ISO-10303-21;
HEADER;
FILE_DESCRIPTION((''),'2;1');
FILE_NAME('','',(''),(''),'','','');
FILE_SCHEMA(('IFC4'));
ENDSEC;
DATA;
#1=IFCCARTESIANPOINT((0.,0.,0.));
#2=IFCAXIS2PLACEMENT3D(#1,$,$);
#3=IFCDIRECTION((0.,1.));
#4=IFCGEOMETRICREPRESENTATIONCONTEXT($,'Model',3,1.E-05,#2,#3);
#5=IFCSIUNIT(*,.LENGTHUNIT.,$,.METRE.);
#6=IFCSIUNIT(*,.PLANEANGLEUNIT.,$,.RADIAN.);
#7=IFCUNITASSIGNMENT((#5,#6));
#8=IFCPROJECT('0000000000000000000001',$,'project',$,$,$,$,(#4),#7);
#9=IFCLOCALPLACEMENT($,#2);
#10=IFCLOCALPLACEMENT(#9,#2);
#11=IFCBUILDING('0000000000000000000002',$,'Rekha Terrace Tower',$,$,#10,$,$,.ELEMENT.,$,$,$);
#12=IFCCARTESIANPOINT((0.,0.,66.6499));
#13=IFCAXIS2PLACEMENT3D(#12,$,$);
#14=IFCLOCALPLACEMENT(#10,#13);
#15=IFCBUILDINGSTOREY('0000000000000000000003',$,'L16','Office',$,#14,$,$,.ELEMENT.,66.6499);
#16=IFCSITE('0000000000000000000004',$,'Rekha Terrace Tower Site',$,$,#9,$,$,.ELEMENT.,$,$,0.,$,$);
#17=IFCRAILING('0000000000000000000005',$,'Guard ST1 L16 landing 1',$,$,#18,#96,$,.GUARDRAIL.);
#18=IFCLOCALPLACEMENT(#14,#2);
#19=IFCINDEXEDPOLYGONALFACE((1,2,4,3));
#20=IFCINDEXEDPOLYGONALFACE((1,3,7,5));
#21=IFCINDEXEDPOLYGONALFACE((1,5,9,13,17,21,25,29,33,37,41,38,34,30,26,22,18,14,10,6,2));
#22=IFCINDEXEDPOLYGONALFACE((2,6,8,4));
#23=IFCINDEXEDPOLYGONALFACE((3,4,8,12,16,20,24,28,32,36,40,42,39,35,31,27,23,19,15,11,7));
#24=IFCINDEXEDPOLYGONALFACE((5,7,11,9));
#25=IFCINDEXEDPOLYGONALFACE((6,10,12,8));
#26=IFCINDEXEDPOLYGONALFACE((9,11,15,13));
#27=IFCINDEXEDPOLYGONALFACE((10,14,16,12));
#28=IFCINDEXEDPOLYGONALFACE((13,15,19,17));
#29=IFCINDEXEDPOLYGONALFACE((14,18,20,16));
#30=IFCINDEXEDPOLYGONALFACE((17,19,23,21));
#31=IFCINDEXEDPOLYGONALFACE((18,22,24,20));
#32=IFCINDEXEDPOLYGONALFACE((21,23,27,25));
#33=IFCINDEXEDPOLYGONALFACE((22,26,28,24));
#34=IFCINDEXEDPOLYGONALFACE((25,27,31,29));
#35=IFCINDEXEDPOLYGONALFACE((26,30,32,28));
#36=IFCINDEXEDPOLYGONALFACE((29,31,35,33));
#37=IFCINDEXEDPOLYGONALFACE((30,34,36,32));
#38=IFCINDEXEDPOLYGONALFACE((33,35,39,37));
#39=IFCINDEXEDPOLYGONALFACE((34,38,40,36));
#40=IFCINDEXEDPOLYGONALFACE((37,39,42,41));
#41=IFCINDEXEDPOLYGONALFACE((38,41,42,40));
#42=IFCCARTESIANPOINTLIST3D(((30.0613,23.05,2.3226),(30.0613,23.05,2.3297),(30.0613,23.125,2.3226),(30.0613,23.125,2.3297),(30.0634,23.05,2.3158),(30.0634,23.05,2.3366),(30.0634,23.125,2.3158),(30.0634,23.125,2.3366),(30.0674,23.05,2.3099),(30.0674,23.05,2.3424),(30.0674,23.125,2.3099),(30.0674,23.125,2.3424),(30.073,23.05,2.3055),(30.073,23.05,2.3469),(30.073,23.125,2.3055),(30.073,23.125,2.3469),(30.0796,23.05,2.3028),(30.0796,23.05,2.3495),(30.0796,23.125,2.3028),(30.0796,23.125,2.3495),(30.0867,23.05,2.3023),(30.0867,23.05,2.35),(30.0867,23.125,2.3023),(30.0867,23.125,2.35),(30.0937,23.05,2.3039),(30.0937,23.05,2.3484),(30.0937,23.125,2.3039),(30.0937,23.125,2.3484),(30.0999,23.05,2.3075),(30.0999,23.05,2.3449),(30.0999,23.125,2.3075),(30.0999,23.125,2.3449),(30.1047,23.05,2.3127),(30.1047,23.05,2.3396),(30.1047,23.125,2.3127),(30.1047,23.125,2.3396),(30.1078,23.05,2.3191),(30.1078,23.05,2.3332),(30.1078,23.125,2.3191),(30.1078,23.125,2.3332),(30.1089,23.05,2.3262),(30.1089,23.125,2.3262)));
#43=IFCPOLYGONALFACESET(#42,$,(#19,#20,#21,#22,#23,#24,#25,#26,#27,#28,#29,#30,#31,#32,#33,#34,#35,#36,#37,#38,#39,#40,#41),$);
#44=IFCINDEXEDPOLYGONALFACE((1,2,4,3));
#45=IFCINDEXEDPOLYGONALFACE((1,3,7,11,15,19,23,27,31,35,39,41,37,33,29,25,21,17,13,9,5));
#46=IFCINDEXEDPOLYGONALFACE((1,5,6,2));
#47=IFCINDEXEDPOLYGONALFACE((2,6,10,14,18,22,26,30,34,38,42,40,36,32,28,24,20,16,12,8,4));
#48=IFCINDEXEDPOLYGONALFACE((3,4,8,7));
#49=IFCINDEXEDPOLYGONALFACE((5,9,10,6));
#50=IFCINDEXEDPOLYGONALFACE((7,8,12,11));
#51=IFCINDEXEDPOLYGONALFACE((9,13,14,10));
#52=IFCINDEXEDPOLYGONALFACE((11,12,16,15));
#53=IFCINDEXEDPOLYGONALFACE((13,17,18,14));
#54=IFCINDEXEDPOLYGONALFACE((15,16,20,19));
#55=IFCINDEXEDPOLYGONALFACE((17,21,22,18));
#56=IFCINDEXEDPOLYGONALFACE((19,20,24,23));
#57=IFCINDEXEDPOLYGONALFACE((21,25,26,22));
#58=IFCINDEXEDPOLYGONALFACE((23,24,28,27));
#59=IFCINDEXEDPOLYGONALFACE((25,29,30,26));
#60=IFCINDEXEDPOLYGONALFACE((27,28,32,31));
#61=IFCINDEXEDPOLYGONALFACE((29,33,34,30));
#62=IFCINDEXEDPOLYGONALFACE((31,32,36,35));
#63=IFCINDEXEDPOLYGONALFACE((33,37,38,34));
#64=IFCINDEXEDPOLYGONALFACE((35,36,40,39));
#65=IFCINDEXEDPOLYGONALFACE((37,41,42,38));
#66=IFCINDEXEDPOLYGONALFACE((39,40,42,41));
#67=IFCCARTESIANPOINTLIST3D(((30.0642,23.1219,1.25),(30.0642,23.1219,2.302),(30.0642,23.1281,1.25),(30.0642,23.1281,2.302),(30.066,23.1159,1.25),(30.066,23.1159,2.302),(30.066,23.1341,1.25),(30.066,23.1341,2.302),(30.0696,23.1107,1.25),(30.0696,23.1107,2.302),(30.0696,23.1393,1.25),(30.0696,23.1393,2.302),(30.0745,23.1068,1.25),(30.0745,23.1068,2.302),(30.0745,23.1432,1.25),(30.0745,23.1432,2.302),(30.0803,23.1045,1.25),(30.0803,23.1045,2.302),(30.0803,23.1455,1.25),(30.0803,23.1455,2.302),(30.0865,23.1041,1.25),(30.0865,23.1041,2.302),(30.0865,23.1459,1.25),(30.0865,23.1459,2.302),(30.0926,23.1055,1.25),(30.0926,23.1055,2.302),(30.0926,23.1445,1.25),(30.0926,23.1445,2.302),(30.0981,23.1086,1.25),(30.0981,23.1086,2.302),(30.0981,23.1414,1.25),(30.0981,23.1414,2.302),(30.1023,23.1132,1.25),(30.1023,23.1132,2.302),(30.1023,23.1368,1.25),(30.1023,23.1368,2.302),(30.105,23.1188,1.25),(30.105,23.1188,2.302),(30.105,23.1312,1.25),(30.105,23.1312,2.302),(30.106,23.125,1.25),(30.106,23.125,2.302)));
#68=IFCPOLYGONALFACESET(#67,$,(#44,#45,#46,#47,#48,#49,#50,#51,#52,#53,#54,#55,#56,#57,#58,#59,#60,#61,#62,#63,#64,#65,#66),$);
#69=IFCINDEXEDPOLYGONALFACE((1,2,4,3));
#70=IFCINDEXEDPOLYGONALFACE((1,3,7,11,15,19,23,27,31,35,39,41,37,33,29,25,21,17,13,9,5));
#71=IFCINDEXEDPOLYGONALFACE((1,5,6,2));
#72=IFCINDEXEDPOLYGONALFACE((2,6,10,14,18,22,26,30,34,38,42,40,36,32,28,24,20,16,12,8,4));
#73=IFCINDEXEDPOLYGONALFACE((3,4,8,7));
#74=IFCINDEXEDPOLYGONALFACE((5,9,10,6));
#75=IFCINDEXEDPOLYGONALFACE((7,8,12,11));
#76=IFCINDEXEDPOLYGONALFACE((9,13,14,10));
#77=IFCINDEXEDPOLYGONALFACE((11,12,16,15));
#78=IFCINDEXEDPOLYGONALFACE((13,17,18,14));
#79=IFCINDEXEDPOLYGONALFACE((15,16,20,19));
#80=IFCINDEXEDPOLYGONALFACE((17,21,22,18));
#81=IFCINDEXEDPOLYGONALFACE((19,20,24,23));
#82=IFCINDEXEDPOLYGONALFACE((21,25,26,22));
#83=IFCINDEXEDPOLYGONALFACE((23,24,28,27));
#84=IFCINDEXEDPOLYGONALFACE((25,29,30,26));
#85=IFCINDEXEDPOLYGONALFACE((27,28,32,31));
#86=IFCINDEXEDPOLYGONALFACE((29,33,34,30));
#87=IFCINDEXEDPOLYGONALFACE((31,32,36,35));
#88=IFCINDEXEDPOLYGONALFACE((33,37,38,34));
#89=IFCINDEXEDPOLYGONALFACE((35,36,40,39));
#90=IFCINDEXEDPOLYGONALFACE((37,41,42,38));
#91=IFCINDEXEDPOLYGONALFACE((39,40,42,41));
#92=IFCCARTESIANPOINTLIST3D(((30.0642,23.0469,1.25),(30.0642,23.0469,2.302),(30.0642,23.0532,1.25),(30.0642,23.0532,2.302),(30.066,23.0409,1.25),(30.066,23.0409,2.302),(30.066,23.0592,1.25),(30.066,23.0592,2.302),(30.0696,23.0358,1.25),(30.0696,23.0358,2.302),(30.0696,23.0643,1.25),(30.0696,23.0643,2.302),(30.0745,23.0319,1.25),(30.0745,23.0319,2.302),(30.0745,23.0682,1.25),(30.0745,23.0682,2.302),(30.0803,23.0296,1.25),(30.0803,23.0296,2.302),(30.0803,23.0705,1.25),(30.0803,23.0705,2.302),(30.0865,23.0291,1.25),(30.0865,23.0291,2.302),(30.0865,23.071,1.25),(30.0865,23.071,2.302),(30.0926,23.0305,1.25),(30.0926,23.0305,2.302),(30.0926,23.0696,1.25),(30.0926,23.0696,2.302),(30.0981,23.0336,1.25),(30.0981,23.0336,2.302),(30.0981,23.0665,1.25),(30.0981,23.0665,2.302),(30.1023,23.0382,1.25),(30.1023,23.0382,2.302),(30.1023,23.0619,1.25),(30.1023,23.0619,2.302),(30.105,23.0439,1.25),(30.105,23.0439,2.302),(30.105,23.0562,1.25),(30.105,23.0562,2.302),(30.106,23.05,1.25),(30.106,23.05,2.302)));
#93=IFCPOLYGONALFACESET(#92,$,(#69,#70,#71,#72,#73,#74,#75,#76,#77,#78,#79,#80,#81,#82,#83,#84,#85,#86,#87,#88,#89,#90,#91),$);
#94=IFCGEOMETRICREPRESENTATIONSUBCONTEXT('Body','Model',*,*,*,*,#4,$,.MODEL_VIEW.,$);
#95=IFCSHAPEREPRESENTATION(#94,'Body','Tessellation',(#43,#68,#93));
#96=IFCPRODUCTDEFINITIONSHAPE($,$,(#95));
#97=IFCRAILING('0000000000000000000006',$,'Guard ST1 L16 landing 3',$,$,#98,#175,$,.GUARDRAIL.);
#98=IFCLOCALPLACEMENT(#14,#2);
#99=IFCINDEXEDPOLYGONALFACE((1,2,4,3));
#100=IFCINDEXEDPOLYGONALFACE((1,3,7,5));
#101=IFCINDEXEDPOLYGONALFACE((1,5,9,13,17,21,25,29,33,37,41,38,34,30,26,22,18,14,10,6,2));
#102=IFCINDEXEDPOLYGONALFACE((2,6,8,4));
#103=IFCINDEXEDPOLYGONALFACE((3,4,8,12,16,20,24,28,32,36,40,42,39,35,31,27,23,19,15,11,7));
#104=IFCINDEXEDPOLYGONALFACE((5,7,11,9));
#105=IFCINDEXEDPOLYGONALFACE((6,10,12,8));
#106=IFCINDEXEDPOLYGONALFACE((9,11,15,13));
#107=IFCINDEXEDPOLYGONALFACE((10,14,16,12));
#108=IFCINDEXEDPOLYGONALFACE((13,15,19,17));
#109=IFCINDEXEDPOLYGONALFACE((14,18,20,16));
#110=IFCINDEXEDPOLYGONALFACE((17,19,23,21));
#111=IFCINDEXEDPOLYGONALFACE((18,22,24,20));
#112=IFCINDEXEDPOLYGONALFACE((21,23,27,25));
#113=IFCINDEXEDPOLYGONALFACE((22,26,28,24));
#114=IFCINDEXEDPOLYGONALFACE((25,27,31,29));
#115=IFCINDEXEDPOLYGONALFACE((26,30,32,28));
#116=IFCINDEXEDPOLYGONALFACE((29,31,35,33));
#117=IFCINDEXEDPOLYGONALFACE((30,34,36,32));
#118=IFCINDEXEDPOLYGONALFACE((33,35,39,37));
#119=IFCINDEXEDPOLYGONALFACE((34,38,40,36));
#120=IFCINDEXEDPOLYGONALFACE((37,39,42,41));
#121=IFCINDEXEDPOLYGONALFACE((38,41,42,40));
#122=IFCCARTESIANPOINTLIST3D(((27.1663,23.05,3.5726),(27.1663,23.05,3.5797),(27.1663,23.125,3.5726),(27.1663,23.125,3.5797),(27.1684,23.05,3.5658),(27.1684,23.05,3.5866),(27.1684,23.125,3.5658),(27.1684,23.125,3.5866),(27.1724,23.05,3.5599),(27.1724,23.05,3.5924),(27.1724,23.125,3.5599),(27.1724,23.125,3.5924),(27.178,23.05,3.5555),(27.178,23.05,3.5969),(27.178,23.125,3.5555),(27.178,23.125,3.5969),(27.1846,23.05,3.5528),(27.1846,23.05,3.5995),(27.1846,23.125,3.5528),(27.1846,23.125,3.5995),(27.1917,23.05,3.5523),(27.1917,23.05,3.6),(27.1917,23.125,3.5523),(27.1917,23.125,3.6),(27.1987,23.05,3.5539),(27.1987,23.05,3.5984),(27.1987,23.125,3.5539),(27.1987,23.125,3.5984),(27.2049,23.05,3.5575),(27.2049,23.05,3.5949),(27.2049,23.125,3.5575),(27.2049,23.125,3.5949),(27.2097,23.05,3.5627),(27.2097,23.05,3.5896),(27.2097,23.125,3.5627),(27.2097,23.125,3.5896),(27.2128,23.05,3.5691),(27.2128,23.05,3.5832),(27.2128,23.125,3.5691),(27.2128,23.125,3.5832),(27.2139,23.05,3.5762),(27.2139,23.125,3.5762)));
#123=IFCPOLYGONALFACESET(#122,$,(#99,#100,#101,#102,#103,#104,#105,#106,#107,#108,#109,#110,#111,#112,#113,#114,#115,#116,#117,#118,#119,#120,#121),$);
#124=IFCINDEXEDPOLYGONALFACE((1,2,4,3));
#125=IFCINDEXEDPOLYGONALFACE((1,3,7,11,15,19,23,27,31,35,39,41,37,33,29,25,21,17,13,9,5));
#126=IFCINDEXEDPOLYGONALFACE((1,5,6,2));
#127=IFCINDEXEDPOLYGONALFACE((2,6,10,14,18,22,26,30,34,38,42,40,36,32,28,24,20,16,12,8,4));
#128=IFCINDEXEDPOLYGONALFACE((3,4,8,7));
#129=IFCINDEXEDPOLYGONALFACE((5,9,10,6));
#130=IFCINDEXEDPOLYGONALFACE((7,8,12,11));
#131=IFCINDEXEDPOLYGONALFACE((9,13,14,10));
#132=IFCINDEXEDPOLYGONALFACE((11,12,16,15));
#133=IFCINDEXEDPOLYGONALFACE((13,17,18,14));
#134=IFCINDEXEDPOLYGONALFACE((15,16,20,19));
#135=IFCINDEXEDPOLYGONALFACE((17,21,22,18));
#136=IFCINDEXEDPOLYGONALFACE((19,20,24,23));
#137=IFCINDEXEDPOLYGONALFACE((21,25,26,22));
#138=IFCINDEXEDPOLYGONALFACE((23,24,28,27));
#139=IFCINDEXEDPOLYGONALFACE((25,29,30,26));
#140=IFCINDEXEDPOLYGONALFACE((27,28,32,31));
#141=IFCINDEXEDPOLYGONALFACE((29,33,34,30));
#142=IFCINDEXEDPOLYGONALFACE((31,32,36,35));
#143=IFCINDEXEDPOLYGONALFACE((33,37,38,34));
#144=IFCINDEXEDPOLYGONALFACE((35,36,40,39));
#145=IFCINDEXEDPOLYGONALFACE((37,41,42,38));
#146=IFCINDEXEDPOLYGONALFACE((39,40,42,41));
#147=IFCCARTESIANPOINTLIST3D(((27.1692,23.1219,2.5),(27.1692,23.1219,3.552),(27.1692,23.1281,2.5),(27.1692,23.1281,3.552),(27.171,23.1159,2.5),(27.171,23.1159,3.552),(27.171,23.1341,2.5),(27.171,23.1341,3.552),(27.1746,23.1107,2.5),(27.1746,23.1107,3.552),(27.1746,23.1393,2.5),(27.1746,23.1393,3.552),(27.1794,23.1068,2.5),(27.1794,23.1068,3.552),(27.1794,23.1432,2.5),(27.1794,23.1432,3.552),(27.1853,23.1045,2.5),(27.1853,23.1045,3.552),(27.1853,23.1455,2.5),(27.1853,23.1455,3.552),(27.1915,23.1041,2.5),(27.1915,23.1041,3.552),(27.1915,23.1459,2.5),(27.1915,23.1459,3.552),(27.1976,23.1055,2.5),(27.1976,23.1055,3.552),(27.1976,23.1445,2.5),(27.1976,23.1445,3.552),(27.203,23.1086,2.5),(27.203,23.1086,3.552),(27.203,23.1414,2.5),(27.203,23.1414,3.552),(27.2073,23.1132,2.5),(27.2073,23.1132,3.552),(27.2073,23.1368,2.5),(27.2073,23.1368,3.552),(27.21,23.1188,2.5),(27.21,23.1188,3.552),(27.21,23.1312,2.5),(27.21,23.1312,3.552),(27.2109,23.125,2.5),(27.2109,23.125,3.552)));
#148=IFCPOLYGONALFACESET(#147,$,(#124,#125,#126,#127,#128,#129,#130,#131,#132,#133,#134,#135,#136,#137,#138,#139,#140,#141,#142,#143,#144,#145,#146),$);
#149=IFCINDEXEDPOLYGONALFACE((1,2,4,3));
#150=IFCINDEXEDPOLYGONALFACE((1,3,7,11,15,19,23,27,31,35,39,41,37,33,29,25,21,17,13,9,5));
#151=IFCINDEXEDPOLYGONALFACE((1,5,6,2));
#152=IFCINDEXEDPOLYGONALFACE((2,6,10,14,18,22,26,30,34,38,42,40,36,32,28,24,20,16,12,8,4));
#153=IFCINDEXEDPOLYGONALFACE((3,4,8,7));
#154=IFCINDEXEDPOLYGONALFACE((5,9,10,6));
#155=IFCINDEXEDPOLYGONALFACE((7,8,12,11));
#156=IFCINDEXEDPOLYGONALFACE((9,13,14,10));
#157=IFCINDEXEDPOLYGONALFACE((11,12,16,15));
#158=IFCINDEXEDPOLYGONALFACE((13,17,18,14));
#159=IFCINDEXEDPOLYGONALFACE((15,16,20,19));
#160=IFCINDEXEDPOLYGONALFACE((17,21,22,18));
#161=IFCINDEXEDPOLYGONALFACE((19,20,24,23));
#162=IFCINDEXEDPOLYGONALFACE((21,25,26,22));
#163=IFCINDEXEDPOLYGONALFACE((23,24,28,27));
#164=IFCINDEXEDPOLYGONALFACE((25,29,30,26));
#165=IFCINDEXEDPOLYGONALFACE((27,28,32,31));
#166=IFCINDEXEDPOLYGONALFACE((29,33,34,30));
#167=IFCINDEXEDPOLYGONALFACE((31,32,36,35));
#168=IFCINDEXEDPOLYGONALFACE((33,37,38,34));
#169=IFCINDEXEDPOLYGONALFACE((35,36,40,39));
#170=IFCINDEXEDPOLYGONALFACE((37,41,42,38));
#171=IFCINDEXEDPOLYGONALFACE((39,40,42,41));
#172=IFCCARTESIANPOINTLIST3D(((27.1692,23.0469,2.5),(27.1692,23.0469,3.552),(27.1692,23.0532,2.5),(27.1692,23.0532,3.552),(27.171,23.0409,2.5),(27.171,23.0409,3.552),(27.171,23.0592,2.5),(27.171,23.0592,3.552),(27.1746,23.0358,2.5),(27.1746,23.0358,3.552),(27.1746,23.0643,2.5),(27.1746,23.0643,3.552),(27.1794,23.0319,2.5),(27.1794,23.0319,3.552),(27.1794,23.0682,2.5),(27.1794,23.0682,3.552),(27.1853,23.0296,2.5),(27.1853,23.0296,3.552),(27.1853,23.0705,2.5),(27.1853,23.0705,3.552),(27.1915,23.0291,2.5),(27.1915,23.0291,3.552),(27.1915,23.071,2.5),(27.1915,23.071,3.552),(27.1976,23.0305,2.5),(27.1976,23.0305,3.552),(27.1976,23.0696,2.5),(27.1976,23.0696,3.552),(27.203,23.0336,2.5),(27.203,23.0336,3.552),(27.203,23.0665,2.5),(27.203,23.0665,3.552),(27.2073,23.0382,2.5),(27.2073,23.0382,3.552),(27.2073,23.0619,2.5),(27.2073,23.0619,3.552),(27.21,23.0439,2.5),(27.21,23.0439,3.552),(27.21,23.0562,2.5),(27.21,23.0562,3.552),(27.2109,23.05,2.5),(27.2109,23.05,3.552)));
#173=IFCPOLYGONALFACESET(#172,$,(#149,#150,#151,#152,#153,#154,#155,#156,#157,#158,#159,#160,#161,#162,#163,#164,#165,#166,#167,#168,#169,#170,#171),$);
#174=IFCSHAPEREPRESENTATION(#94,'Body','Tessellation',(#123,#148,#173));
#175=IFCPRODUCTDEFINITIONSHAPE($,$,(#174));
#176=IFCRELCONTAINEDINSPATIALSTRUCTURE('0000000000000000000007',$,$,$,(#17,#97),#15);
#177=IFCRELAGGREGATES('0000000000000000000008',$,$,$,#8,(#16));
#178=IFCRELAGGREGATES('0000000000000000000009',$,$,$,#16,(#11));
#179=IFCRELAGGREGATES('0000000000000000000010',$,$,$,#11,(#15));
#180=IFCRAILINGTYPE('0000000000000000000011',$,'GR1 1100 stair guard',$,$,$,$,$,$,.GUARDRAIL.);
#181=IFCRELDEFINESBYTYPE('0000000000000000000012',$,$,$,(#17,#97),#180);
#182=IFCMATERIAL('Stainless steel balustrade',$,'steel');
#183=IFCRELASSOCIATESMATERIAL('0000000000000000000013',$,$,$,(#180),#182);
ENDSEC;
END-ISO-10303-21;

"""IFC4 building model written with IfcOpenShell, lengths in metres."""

from ifc_helpers import new_model, si_unit, direction, frame, origin, origin_2d, place, context, subcontext, project, spatial, circle, extrude, material, type_object, element, save


model = new_model("IFC4")

# Units and contexts
model_context = context("Model", 3, precision=1e-05, world=origin(), true_north=direction((0.0, 1.0)))
body_context = subcontext(model_context, "Body", "Model", "MODEL_VIEW")
ifc_project = project(units=[si_unit("LENGTHUNIT", "METRE"), si_unit("PLANEANGLEUNIT", "RADIAN")], contexts=[model_context])

# Site, building, storey
site_placement = place(None, origin())
site = spatial("IfcSite", under=ifc_project, at=site_placement, Name="Rekha Terrace Tower Site", CompositionType="ELEMENT", RefElevation=0.0)
building_placement = place(site_placement, origin())
building = spatial("IfcBuilding", under=site, at=building_placement, Name="Rekha Terrace Tower", CompositionType="ELEMENT")
storey_placement = place(building_placement, frame((0.0, 0.0, 66.6499)))
storey = spatial("IfcBuildingStorey", under=building, at=storey_placement, Name="L16", Description="Office", CompositionType="ELEMENT", Elevation=66.6499)

# Railings
ifc_material_1 = material(Name="Stainless steel balustrade", Category="steel")
railing_type_1 = type_object("IfcRailingType", Name="GR1 1100 stair guard", PredefinedType="GUARDRAIL", material=ifc_material_1)
for number, where, name in (
    (1, (30.085, 23.125, 1.25), "Guard ST1 L16 landing 1"),
    (2, (27.1899, 23.125, 2.5), "Guard ST1 L16 landing 3"),
):
    element("IfcRailing", number, at=place(storey_placement, frame(where)), inside=storey, type_object=railing_type_1, Name=name, PredefinedType="GUARDRAIL", context=body_context, shape_type="SweptSolid", body=[
        extrude(circle(Radius=0.0239, at=origin_2d()), frame((0.0, 0.0, 1.0762), z_axis=(0.0, -1.0, 0.0), x_axis=(1.0, 0.0, 0.0)), (0.0, 0.0, 1.0), 0.075),
        extrude(circle(Radius=0.021, at=origin_2d()), origin(), (0.0, 0.0, 1.0), 1.052),
        extrude(circle(Radius=0.021, at=origin_2d()), frame((0.0, -0.075, 0.0)), (0.0, 0.0, 1.0), 1.052),
    ])

save(model, "model.ifc")
